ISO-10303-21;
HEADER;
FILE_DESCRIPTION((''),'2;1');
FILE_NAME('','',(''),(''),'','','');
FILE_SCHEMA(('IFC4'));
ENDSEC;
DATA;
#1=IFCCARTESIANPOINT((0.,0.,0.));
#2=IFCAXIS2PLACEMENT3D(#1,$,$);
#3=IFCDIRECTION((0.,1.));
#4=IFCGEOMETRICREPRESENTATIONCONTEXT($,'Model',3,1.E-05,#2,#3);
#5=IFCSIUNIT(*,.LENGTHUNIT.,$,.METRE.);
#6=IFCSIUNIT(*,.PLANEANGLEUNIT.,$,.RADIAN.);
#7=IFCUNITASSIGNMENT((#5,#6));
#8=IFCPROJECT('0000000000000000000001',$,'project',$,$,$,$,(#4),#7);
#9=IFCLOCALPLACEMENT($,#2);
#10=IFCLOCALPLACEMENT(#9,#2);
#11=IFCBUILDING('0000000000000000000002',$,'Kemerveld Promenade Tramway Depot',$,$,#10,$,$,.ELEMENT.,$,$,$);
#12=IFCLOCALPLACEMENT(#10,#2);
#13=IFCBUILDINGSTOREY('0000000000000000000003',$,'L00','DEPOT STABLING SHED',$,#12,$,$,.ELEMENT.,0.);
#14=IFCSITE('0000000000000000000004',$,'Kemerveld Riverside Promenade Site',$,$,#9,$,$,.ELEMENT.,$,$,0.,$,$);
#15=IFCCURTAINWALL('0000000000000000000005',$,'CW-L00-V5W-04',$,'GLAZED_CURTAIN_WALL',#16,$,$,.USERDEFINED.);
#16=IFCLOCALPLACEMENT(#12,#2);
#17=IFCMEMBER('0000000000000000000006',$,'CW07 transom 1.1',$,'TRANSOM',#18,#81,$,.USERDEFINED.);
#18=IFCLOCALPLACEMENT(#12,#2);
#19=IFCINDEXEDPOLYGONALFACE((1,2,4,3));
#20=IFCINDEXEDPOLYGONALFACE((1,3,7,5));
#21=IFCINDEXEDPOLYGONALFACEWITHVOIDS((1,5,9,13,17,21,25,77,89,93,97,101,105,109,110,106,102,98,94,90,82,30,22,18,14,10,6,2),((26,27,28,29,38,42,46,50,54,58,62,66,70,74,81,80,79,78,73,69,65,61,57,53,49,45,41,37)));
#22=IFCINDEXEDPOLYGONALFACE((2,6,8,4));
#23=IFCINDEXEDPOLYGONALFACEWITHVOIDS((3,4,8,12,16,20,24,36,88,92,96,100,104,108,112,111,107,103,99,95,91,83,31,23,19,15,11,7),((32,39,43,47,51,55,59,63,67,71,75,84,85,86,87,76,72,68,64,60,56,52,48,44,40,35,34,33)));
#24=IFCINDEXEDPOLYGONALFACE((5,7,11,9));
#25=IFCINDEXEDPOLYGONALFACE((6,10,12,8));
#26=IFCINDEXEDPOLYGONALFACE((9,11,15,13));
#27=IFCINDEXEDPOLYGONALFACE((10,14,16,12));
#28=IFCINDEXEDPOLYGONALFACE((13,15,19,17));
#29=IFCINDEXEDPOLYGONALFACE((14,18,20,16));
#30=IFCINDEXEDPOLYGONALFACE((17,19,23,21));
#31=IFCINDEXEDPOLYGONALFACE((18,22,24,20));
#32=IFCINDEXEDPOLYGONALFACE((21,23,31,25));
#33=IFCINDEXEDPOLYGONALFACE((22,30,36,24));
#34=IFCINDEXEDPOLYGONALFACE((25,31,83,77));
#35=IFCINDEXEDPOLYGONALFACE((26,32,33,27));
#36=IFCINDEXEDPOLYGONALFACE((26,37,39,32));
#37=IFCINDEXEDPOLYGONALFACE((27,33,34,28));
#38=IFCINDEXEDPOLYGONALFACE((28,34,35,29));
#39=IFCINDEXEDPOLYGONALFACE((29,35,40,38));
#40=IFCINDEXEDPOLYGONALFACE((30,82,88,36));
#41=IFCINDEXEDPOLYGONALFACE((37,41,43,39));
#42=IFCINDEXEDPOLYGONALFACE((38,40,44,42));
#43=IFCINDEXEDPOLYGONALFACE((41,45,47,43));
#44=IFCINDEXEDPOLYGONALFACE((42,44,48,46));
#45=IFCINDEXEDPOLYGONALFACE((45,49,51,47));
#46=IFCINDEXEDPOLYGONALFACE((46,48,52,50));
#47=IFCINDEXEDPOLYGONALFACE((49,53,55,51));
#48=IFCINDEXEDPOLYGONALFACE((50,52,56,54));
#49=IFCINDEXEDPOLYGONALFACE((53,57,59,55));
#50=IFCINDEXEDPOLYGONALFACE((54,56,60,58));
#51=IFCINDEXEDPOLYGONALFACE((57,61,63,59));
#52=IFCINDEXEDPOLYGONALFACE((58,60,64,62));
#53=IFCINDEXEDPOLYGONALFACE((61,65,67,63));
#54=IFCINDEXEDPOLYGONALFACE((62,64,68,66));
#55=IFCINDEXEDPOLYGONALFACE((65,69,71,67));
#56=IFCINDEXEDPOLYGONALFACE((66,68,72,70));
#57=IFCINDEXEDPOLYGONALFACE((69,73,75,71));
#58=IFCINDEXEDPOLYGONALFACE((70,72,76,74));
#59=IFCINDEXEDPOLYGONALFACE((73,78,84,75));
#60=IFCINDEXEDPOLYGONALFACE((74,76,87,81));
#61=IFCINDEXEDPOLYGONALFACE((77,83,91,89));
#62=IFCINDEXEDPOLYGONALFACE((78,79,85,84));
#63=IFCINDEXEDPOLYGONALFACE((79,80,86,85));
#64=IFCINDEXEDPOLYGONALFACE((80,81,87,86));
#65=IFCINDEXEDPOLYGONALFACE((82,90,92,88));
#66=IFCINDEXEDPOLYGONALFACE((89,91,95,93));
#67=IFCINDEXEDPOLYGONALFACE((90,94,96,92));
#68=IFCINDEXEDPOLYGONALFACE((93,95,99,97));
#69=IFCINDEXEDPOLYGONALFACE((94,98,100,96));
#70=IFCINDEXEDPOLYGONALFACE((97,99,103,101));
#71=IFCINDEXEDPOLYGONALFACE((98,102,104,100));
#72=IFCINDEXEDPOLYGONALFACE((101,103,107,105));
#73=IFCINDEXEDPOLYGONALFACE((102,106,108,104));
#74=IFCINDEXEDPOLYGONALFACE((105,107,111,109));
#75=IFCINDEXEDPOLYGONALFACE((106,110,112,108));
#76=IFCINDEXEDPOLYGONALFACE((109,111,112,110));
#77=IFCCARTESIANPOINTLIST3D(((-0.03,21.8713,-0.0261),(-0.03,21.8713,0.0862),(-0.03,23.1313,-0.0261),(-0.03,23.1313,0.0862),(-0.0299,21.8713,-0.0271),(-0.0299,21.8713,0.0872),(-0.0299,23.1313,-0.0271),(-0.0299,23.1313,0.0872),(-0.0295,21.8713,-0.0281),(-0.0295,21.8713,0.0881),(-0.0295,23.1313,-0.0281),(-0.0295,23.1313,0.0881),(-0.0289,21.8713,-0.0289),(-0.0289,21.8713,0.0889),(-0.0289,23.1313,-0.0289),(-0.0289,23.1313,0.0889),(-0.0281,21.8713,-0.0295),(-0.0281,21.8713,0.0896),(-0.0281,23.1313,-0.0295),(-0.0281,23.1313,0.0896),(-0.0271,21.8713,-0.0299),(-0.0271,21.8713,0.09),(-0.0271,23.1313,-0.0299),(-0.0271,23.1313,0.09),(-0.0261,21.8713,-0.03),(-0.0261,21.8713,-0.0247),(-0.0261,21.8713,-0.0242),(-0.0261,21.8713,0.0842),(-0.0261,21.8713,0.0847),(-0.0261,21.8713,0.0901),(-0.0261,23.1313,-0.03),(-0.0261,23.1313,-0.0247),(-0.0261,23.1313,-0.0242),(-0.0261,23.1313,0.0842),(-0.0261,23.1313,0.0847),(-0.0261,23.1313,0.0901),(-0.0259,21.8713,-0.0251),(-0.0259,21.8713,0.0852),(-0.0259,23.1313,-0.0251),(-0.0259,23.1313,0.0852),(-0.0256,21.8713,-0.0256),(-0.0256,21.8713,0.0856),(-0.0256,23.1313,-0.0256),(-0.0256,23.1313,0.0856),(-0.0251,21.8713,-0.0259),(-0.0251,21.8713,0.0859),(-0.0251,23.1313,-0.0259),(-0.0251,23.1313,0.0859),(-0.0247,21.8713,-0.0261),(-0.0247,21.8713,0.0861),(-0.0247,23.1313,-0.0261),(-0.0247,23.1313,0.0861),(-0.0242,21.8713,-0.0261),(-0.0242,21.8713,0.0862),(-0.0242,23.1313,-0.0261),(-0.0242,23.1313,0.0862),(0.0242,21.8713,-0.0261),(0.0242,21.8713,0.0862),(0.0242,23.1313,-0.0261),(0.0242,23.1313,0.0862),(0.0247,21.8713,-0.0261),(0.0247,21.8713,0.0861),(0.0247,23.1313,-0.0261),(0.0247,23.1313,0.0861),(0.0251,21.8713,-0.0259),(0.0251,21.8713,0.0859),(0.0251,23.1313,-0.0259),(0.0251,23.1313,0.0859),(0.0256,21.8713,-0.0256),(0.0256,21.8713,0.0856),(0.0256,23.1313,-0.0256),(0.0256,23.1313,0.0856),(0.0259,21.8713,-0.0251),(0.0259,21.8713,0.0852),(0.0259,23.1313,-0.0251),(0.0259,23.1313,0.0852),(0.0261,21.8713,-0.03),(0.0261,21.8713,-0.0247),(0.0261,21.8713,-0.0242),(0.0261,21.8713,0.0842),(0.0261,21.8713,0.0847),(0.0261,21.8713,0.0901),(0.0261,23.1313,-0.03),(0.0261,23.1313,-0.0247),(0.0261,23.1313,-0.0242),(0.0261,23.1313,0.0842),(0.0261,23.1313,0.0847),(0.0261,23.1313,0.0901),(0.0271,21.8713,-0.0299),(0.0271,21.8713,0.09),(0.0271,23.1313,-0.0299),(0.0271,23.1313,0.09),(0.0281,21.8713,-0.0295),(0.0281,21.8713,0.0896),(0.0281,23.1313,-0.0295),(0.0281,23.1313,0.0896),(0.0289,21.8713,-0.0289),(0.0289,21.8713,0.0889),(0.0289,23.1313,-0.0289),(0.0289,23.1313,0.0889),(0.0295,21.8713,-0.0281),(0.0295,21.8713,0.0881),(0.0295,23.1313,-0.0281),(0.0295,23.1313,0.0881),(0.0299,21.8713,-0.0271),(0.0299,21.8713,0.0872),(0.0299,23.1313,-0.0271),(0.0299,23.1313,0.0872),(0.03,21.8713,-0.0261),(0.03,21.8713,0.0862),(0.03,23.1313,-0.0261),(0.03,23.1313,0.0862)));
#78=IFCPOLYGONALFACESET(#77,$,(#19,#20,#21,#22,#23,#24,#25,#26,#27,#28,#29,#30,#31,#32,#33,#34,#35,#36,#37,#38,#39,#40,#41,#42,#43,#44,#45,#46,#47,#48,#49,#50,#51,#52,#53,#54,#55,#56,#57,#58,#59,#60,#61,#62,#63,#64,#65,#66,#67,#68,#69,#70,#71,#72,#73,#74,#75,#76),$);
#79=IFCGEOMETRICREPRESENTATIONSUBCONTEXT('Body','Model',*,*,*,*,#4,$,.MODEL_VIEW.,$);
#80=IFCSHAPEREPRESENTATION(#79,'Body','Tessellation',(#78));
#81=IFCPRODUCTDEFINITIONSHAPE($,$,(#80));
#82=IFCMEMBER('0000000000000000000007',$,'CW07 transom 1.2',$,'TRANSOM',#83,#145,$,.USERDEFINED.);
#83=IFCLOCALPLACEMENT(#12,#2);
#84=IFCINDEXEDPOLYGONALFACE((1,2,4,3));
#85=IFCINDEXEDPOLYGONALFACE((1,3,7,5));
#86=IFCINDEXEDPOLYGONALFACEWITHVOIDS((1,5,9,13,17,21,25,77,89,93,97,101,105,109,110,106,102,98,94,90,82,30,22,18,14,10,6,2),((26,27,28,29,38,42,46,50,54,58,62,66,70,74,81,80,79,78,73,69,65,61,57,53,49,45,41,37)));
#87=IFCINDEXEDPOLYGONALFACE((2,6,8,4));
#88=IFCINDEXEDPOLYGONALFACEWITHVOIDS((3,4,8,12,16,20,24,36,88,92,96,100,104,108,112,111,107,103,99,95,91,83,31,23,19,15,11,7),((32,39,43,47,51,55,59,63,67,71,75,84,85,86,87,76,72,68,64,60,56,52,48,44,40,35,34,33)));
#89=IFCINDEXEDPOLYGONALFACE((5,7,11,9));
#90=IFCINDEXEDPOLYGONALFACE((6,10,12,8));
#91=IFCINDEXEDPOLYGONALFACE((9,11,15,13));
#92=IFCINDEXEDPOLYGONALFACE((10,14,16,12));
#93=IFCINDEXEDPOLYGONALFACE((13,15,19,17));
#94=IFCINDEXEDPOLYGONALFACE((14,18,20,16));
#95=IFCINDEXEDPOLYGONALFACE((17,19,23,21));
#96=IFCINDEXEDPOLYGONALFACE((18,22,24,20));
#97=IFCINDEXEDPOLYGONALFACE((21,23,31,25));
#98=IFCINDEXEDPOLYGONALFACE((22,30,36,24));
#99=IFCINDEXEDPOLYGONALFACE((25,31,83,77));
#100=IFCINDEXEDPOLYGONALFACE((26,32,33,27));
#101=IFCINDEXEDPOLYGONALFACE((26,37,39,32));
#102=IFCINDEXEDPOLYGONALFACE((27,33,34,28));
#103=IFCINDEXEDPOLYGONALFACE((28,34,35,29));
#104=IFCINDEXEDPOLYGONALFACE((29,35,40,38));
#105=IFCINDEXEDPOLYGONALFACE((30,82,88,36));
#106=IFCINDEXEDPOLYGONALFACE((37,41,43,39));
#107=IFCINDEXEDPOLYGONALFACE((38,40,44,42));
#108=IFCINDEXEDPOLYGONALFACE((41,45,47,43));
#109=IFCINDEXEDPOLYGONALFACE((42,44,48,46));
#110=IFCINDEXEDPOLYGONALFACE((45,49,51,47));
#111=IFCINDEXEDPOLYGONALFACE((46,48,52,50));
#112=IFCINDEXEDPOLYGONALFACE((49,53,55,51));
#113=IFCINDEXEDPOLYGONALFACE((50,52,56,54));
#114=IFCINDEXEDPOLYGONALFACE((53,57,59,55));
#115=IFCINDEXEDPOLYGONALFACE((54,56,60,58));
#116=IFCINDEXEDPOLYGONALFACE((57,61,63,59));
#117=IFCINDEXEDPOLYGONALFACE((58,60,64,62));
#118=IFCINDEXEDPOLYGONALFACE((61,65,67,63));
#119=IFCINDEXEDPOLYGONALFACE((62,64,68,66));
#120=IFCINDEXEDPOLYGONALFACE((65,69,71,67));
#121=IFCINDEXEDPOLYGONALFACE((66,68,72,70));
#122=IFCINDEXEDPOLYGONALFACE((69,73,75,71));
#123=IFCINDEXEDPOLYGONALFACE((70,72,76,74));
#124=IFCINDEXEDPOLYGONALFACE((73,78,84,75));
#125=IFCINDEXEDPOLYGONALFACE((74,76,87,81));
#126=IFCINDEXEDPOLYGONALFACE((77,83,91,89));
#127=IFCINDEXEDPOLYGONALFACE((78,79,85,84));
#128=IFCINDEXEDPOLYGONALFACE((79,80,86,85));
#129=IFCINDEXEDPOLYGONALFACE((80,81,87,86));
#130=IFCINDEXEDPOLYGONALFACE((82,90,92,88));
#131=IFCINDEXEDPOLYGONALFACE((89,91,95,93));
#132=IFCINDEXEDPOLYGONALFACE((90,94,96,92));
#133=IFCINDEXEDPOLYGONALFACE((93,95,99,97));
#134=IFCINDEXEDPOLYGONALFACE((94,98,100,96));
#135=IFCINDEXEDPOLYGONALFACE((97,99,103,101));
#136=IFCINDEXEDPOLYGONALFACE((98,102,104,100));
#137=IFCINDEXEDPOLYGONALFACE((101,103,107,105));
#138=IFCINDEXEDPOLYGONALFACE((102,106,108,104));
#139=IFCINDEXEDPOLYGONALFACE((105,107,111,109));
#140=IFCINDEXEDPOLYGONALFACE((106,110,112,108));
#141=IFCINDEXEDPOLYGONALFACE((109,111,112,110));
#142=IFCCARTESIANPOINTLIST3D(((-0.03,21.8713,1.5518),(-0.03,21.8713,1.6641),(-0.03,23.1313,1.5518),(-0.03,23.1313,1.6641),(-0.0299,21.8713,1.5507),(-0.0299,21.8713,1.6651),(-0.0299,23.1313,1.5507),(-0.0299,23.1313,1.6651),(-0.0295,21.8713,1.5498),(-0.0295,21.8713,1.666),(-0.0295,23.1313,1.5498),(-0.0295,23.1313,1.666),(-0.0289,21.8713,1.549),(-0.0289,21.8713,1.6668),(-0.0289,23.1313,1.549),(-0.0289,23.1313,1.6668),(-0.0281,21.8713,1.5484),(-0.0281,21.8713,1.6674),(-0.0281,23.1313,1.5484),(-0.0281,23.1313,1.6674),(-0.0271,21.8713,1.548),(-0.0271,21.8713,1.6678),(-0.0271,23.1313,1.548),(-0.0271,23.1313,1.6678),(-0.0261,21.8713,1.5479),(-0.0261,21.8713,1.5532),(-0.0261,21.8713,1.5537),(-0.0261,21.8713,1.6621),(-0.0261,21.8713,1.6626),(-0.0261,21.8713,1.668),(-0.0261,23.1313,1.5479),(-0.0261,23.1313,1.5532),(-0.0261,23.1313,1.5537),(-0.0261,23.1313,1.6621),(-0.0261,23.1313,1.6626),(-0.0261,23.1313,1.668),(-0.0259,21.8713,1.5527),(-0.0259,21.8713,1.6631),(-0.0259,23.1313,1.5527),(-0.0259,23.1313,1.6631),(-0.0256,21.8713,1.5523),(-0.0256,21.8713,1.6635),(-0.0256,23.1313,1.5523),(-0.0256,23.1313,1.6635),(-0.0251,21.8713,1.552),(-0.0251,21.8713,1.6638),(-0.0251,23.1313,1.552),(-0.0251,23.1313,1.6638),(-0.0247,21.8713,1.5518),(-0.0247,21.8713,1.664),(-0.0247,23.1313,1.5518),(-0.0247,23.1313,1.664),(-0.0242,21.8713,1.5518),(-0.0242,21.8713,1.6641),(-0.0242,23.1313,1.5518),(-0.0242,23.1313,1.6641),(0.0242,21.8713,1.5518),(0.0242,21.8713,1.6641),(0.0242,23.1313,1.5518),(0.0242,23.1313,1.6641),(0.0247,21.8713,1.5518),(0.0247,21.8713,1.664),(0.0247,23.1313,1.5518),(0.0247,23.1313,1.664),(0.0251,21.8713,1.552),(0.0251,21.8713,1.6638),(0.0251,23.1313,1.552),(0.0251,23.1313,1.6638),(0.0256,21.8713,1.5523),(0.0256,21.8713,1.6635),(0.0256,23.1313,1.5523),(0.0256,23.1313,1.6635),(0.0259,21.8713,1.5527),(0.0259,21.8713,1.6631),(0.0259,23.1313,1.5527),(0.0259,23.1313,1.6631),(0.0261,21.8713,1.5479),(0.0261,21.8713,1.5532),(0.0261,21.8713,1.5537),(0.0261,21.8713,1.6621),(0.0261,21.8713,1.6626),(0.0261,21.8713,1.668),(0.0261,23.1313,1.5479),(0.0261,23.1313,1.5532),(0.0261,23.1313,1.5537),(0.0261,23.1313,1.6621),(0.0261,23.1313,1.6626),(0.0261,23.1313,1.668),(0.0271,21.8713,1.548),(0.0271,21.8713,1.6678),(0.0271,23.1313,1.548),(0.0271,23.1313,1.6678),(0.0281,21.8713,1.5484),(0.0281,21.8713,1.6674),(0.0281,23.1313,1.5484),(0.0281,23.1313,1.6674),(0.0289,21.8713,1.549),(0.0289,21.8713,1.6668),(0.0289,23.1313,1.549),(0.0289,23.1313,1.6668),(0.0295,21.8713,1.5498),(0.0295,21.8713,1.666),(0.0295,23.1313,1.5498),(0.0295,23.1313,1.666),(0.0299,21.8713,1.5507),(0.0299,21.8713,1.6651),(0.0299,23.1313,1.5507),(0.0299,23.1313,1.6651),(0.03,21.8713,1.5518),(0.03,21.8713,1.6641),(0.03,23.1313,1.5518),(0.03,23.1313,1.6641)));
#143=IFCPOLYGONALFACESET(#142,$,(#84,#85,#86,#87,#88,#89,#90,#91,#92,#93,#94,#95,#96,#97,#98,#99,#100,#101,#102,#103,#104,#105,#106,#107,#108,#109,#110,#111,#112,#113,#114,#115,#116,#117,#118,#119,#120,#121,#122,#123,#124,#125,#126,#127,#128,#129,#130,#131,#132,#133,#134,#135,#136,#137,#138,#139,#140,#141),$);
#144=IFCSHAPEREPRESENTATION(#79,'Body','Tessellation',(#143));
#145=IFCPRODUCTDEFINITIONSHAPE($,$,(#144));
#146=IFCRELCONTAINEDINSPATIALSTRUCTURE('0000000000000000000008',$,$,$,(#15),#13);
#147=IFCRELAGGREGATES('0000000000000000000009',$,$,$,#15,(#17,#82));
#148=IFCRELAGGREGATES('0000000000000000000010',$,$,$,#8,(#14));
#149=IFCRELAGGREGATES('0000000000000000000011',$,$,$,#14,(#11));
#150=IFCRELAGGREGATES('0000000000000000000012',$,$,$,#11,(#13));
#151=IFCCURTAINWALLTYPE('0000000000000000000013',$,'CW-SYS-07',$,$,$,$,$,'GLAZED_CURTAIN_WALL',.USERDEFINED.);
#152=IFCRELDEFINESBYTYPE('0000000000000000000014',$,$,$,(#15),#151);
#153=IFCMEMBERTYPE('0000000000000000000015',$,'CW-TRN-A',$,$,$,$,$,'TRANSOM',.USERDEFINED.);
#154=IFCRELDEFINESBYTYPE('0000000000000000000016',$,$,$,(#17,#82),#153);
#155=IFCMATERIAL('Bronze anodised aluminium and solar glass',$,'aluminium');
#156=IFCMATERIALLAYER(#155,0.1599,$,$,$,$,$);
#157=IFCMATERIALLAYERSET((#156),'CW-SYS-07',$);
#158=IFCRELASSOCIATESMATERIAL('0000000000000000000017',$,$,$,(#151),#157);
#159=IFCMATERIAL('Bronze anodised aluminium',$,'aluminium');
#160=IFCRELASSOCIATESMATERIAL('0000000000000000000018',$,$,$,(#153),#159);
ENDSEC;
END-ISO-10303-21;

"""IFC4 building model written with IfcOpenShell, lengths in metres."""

from ifc_helpers import new_model, si_unit, direction, frame, origin, origin_2d, place, context, subcontext, project, spatial, hollow_rectangle, extrude, material, layer, layer_set, material_profile, profile_set, type_object, element, aggregate, save


model = new_model("IFC4")

# Units and contexts
model_context = context("Model", 3, precision=1e-05, world=origin(), true_north=direction((0.0, 1.0)))
body_context = subcontext(model_context, "Body", "Model", "MODEL_VIEW")
ifc_project = project(units=[si_unit("LENGTHUNIT", "METRE"), si_unit("PLANEANGLEUNIT", "RADIAN")], contexts=[model_context])

# Site, building, storey
site_placement = place(None, origin())
site = spatial("IfcSite", under=ifc_project, at=site_placement, Name="Kemerveld Riverside Promenade Site", CompositionType="ELEMENT", RefElevation=0.0)
building_placement = place(site_placement, origin())
building = spatial("IfcBuilding", under=site, at=building_placement, Name="Kemerveld Promenade Tramway Depot", CompositionType="ELEMENT")
storey_placement = place(building_placement, origin())
storey = spatial("IfcBuildingStorey", under=building, at=storey_placement, Name="L00", Description="DEPOT STABLING SHED", CompositionType="ELEMENT", Elevation=0.0)

# Curtain wall, members
ifc_material_1 = material(Name="Bronze anodised aluminium and solar glass", Category="aluminium")
ifc_layer_1 = layer(ifc_material_1, 0.1599)
ifc_layer_set_1 = layer_set([ifc_layer_1], Name="CW-SYS-07")
curtain_wall_type = type_object("IfcCurtainWallType", Name="CW-SYS-07", ElementType="GLAZED_CURTAIN_WALL", PredefinedType="USERDEFINED", material=ifc_layer_set_1)
curtain_wall_placement = place(storey_placement, origin())
curtain_wall = element("IfcCurtainWall", 1, at=curtain_wall_placement, inside=storey, type_object=curtain_wall_type, Name="CW-L00-V5W-04", ObjectType="GLAZED_CURTAIN_WALL", PredefinedType="USERDEFINED")
ifc_material_2 = material(Name="Bronze anodised aluminium", Category="aluminium")
ifc_material_profile_1 = material_profile(ifc_material_2, hollow_rectangle(XDim=0.0601, YDim=0.1201, WallThickness=0.0039, InnerFilletRadius=0.002, OuterFilletRadius=0.0039, at=origin_2d()), Name="CW-TRN-120x60")
ifc_profile_set_1 = profile_set([ifc_material_profile_1], Name="Bronze anodised aluminium")
member_type_1 = type_object("IfcMemberType", Name="CW-TRN-A", ElementType="TRANSOM", PredefinedType="USERDEFINED", material=ifc_profile_set_1)
member_1_placement = place(storey_placement, frame((0.0, 21.8713, 0.03), z_axis=(0.0, 1.0, 0.0), x_axis=(-1.0, 0.0, 0.0)))
member_1 = element("IfcMember", 2, at=member_1_placement, type_object=member_type_1, Name="CW07 transom 1.1", ObjectType="TRANSOM", PredefinedType="USERDEFINED", context=body_context, shape_type="SweptSolid", body=[
    extrude(hollow_rectangle(XDim=0.0601, YDim=0.1201, WallThickness=0.0039, InnerFilletRadius=0.002, OuterFilletRadius=0.0039, at=origin_2d()), origin(), (0.0, 0.0, 1.0), 1.26),
])
member_2_placement = place(storey_placement, frame((0.0, 21.8713, 1.6079), z_axis=(0.0, 1.0, 0.0), x_axis=(-1.0, 0.0, 0.0)))
member_2 = element("IfcMember", 3, at=member_2_placement, type_object=member_type_1, Name="CW07 transom 1.2", ObjectType="TRANSOM", PredefinedType="USERDEFINED", context=body_context, shape_type="SweptSolid", body=[
    extrude(hollow_rectangle(XDim=0.0601, YDim=0.1201, WallThickness=0.0039, InnerFilletRadius=0.002, OuterFilletRadius=0.0039, at=origin_2d()), origin(), (0.0, 0.0, 1.0), 1.26),
])
aggregate(curtain_wall, [member_1, member_2])

save(model, "model.ifc")
